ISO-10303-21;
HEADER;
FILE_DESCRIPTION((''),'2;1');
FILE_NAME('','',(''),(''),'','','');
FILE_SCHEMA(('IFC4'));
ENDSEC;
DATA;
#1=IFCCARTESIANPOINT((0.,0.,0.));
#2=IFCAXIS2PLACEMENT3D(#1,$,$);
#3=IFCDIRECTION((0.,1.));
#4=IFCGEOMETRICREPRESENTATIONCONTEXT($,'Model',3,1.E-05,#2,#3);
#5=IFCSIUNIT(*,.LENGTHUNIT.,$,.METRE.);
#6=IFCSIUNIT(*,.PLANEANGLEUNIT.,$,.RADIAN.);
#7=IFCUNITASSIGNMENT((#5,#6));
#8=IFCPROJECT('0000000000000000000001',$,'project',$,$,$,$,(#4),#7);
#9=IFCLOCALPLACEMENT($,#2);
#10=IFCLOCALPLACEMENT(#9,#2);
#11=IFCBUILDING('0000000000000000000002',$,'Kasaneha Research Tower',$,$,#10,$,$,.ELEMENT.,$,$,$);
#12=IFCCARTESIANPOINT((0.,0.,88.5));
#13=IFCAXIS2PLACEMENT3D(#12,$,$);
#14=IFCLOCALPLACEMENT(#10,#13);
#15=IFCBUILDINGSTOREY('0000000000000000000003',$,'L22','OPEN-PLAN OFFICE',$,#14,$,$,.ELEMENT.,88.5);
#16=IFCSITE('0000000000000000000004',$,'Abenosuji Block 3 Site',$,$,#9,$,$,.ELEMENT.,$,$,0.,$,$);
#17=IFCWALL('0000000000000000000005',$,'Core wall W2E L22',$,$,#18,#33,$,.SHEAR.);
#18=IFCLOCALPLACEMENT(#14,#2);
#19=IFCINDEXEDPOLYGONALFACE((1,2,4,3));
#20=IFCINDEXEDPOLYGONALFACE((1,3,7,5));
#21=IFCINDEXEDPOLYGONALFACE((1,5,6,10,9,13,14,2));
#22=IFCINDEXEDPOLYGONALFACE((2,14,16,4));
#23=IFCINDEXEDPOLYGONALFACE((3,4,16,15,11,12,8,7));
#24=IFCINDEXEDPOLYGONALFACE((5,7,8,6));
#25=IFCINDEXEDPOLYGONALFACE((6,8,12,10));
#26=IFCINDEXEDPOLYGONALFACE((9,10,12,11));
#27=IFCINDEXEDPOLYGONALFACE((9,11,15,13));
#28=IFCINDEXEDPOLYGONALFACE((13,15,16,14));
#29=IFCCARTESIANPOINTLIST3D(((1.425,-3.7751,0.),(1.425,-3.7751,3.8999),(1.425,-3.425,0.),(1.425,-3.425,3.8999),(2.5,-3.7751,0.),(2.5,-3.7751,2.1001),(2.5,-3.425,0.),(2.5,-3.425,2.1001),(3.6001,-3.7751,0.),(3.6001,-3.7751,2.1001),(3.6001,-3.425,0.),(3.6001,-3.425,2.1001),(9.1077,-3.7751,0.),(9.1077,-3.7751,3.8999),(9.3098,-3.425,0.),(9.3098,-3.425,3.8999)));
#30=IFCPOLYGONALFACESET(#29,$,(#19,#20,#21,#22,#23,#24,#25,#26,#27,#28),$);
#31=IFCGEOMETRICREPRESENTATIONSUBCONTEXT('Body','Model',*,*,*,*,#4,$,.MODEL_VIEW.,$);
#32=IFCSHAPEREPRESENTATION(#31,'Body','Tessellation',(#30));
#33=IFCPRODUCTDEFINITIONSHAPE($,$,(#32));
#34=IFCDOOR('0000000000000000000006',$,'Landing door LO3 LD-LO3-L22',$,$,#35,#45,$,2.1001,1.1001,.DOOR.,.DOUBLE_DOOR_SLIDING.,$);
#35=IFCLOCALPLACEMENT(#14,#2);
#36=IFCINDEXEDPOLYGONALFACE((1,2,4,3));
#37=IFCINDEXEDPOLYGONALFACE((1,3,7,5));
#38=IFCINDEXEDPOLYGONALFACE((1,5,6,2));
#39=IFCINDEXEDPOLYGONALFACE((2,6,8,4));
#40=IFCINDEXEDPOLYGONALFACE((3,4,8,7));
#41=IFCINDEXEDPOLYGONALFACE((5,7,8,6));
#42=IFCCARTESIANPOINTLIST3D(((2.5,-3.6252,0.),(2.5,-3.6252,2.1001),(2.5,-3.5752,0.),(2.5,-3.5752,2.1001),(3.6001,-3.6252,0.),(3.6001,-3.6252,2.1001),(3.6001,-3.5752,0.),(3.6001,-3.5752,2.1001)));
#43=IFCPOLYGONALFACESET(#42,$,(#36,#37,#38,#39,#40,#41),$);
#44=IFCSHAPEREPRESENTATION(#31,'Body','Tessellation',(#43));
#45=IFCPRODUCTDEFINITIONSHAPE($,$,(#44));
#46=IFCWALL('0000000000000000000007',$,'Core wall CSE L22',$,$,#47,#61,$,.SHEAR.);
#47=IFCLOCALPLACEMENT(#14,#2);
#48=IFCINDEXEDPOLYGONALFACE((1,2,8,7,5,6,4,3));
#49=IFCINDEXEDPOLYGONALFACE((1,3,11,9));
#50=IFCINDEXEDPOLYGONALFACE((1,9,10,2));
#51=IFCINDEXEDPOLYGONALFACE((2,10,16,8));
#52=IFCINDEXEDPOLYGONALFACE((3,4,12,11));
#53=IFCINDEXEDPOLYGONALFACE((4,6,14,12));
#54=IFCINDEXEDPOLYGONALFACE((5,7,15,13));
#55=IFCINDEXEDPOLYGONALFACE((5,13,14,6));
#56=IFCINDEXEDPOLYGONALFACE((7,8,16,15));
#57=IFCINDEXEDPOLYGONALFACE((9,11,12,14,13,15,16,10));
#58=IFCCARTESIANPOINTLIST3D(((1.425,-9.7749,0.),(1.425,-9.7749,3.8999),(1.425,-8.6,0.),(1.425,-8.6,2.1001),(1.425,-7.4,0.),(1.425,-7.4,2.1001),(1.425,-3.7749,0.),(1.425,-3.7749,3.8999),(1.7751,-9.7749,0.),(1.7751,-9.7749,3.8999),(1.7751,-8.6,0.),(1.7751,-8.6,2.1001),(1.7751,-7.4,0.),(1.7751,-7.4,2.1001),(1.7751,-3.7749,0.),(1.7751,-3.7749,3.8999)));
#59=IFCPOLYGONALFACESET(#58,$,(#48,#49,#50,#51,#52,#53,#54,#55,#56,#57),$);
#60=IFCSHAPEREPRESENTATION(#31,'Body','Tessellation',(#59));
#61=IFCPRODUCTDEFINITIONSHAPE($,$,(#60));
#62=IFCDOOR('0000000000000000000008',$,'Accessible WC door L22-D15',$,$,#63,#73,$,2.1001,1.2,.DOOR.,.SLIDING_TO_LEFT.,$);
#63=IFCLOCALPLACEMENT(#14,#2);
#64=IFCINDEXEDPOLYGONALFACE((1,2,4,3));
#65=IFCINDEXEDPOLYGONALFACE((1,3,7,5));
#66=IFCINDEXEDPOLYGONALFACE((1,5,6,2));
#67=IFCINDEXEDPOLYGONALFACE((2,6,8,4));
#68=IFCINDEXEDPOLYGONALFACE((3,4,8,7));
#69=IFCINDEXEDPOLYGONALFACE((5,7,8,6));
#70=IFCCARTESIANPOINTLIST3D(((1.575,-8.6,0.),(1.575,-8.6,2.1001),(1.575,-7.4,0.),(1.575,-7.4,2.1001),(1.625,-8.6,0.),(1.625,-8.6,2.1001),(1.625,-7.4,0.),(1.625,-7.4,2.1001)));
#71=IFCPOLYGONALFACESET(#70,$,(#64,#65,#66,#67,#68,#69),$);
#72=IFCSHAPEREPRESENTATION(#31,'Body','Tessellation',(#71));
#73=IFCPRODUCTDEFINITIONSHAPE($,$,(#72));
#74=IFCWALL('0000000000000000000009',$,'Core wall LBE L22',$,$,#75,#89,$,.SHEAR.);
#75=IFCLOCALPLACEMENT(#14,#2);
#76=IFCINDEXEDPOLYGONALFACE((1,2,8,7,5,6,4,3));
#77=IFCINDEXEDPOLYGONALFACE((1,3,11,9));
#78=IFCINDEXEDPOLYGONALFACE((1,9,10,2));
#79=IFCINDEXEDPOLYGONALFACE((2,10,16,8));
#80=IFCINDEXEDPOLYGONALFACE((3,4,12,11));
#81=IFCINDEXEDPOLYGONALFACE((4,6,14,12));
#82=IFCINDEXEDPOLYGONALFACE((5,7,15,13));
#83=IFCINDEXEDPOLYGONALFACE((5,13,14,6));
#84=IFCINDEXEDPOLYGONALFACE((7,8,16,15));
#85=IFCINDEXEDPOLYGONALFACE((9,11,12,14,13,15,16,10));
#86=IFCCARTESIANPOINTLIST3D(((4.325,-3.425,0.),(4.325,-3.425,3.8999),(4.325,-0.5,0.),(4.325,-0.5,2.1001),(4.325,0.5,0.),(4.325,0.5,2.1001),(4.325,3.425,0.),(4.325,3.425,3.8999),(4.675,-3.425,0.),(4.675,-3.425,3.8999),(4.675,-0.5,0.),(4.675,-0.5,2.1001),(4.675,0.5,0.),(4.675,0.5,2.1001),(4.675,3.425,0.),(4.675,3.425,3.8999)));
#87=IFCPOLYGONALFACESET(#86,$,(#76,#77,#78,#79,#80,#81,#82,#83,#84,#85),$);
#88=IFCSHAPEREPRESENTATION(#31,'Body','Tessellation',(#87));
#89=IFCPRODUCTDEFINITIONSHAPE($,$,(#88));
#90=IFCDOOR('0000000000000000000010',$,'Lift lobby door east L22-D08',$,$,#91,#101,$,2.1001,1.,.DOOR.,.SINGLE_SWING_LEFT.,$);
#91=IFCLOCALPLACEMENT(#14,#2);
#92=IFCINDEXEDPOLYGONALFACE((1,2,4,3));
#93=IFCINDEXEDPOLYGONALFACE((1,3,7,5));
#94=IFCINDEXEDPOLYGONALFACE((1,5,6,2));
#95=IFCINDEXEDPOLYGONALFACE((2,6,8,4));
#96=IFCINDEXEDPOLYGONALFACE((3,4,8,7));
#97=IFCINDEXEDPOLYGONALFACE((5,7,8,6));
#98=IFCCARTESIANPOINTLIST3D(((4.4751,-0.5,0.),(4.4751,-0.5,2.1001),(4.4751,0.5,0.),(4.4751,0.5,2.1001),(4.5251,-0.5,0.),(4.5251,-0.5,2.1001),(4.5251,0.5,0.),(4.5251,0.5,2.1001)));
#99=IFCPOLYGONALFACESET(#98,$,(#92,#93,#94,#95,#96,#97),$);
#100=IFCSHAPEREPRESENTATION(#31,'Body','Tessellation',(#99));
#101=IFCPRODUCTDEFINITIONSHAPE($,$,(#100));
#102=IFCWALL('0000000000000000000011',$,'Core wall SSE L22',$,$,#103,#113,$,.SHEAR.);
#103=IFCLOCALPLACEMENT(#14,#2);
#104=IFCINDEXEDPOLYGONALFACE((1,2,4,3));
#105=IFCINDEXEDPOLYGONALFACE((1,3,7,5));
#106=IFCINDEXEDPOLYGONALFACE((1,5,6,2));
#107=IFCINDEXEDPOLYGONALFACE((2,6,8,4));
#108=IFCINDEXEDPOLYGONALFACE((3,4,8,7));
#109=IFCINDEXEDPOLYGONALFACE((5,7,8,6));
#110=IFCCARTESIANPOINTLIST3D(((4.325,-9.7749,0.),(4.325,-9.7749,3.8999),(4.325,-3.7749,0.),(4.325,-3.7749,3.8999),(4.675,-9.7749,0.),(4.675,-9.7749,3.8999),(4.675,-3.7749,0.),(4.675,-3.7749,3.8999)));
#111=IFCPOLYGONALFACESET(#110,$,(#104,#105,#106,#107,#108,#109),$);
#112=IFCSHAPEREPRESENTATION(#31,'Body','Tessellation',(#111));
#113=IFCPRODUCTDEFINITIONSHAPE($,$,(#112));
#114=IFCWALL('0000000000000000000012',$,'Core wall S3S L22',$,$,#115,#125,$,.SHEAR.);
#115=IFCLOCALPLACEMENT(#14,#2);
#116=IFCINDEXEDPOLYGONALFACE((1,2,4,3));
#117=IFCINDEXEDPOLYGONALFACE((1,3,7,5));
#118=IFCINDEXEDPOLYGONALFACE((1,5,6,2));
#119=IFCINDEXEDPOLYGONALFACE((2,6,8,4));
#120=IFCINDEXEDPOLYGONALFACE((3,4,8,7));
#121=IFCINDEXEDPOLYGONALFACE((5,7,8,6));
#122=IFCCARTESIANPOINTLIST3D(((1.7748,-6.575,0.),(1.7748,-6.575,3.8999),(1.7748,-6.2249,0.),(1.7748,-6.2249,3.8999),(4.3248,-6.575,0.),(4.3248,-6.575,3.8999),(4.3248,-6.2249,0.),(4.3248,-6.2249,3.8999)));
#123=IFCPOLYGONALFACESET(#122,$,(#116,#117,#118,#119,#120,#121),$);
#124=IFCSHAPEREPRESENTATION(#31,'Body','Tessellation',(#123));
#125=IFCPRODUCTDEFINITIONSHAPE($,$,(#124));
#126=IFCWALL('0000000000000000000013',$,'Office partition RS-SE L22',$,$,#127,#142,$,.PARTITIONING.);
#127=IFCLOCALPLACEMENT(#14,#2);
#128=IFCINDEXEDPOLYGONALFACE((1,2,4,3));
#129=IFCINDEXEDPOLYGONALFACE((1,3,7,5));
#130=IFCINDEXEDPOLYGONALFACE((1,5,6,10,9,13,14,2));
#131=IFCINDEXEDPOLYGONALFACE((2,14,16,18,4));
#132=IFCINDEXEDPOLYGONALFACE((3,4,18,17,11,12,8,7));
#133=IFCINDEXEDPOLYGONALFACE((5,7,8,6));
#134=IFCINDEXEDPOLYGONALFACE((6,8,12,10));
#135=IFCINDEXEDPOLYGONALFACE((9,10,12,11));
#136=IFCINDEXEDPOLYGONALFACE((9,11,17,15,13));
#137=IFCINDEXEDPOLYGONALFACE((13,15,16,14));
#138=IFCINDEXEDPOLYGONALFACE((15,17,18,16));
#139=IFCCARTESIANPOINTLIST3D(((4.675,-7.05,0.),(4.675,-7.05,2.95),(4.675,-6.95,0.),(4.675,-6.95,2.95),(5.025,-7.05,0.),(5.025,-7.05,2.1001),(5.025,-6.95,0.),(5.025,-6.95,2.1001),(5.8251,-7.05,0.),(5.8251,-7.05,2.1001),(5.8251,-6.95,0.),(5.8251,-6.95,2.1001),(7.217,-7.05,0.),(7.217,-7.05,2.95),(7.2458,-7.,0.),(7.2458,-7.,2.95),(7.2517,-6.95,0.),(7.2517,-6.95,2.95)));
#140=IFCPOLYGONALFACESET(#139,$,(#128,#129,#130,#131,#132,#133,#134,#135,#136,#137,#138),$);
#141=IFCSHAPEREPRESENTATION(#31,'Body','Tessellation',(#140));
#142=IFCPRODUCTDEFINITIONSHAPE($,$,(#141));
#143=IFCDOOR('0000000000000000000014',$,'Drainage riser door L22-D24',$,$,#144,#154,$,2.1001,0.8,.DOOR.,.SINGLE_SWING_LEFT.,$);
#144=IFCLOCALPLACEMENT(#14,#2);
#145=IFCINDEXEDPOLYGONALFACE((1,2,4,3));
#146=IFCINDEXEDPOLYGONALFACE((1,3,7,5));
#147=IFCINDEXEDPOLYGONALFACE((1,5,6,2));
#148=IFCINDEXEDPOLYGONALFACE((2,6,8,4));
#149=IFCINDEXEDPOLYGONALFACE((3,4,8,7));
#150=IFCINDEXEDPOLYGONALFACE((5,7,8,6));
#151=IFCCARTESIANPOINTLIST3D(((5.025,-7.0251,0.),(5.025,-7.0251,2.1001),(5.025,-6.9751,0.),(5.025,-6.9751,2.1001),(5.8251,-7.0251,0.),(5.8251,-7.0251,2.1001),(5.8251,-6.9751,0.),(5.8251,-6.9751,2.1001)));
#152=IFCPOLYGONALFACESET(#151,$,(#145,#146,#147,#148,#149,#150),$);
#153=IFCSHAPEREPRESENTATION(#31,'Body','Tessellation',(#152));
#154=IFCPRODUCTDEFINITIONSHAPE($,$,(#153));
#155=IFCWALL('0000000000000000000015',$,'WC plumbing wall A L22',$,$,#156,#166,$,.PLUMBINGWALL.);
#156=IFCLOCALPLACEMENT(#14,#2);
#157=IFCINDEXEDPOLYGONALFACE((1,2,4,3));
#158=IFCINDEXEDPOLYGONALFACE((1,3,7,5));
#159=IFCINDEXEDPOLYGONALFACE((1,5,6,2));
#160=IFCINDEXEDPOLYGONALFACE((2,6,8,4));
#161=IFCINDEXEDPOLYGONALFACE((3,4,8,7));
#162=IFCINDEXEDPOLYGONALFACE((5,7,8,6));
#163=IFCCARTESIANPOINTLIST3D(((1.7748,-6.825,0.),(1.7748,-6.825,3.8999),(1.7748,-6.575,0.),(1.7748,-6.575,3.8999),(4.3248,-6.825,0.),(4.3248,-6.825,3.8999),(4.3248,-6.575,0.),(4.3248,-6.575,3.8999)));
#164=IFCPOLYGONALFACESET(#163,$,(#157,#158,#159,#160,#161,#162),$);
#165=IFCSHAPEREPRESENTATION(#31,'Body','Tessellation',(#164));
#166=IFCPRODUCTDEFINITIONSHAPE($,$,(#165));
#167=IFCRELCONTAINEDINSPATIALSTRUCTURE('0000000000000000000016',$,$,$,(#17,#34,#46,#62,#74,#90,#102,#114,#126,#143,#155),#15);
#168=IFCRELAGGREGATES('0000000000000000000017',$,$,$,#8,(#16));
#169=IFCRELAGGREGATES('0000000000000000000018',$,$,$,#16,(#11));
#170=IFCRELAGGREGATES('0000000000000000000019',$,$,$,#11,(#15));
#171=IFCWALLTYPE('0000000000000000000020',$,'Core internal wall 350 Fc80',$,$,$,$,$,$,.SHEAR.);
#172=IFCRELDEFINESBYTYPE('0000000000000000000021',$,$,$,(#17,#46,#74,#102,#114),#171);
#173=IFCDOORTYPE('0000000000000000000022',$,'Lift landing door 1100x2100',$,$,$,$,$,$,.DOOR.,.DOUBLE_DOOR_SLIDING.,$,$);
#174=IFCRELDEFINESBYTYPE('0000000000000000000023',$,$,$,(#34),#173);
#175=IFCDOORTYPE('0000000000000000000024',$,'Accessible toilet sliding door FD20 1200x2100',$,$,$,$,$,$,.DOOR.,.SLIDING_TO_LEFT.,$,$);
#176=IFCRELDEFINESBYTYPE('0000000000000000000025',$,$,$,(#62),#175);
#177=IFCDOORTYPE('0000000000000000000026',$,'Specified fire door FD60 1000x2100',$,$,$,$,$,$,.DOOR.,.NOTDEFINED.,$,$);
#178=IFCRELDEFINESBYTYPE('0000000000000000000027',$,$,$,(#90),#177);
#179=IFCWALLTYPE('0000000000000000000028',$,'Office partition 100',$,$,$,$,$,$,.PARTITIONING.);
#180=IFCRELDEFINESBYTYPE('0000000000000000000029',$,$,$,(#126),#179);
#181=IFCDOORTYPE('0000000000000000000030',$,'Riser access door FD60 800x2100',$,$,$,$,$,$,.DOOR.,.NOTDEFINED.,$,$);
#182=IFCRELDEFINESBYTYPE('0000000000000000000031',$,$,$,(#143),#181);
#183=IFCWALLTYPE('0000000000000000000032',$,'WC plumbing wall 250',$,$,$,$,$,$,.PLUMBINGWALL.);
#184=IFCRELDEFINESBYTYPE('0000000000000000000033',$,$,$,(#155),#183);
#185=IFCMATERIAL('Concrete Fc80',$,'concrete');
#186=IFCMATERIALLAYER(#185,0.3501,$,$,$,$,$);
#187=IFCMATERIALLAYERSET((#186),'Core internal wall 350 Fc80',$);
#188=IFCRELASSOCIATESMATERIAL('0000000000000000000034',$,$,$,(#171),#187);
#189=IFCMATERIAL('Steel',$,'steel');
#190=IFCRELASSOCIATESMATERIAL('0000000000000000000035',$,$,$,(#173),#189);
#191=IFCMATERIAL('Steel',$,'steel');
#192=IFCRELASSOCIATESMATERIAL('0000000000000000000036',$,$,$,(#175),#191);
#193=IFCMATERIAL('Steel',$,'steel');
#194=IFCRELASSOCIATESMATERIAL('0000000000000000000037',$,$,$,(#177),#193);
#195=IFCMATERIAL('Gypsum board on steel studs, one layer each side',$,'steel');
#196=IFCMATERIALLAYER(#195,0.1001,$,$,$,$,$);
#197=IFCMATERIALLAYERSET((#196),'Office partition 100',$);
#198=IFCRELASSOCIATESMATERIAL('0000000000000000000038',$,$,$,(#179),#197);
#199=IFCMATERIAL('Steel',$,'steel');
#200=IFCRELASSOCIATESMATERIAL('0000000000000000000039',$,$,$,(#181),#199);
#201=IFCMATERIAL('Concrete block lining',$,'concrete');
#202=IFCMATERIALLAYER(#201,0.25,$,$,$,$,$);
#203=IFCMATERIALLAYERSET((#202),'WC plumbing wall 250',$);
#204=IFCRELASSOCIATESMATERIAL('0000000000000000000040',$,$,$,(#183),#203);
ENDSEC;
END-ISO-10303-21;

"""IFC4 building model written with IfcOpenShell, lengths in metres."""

from ifc_helpers import new_model, si_unit, direction, frame, frame_2d, origin, place, context, subcontext, project, spatial, polyline, rectangle, outline, extrude, material, layer, layer_set, type_object, element, fill, save


model = new_model("IFC4")

# Units and contexts
model_context = context("Model", 3, precision=1e-05, world=origin(), true_north=direction((0.0, 1.0)))
body_context = subcontext(model_context, "Body", "Model", "MODEL_VIEW")
ifc_project = project(units=[si_unit("LENGTHUNIT", "METRE"), si_unit("PLANEANGLEUNIT", "RADIAN")], contexts=[model_context])

# Site, building, storey
site_placement = place(None, origin())
site = spatial("IfcSite", under=ifc_project, at=site_placement, Name="Abenosuji Block 3 Site", CompositionType="ELEMENT", RefElevation=0.0)
building_placement = place(site_placement, origin())
building = spatial("IfcBuilding", under=site, at=building_placement, Name="Kasaneha Research Tower", CompositionType="ELEMENT")
storey_placement = place(building_placement, frame((0.0, 0.0, 88.5)))
storey = spatial("IfcBuildingStorey", under=building, at=storey_placement, Name="L22", Description="OPEN-PLAN OFFICE", CompositionType="ELEMENT", Elevation=88.5)

# Walls, openings, doors
ifc_material_1 = material(Name="Concrete Fc80", Category="concrete")
ifc_layer_1 = layer(ifc_material_1, 0.3501)
ifc_layer_set_1 = layer_set([ifc_layer_1], Name="Core internal wall 350 Fc80")
wall_type_1 = type_object("IfcWallType", Name="Core internal wall 350 Fc80", PredefinedType="SHEAR", material=ifc_layer_set_1)
wall_1_placement = place(storey_placement, frame((1.425, -3.6001, 0.0), z_axis=(0.0, 0.0, 1.0), x_axis=(1.0, 0.0, 0.0)))
wall_1 = element("IfcWall", 1, at=wall_1_placement, inside=storey, type_object=wall_type_1, Name="Core wall W2E L22", PredefinedType="SHEAR", context=body_context, shape_type="SweptSolid", body=[
    extrude(outline(polyline([(0.0, -0.175), (1.075, -0.175), (2.175, -0.175), (7.6826, -0.175), (7.8848, 0.175), (2.175, 0.175), (1.075, 0.175), (0.0, 0.175), (0.0, -0.175)])), origin(), (0.0, 0.0, 1.0), 3.8999),
])
opening_1_placement = place(wall_1_placement, frame((1.075, 0.0, 0.0)))
opening_1 = element("IfcOpeningElement", 2, at=opening_1_placement, cuts=wall_1, PredefinedType="OPENING", context=body_context, shape_type="SweptSolid", body=[
    extrude(rectangle(XDim=1.1001, YDim=2.1001, at=frame_2d((0.55, 1.05))), frame((0.0, 0.1851, 0.0), z_axis=(0.0, -1.0, 0.0), x_axis=(1.0, 0.0, 0.0)), (0.0, 0.0, 1.0), 0.3701),
])
ifc_material_2 = material(Name="Steel", Category="steel")
door_type_1 = type_object("IfcDoorType", Name="Lift landing door 1100x2100", OperationType="DOUBLE_DOOR_SLIDING", PredefinedType="DOOR", material=ifc_material_2)
door_1_placement = place(opening_1_placement, origin())
door_1 = element("IfcDoor", 3, at=door_1_placement, inside=storey, type_object=door_type_1, Name="Landing door LO3 LD-LO3-L22", OperationType="DOUBLE_DOOR_SLIDING", OverallHeight=2.1001, OverallWidth=1.1001, PredefinedType="DOOR", context=body_context, shape_type="SweptSolid", body=[
    extrude(rectangle(XDim=1.1001, YDim=2.1001, at=frame_2d((0.55, 1.05))), frame((0.0, 0.0249, 0.0), z_axis=(0.0, -1.0, 0.0), x_axis=(1.0, 0.0, 0.0)), (0.0, 0.0, 1.0), 0.05),
])
fill(opening_1, door_1)
wall_2_placement = place(storey_placement, frame((1.6001, -3.7749, 0.0), z_axis=(0.0, 0.0, 1.0), x_axis=(0.0, -1.0, 0.0)))
wall_2 = element("IfcWall", 4, at=wall_2_placement, inside=storey, type_object=wall_type_1, Name="Core wall CSE L22", PredefinedType="SHEAR", context=body_context, shape_type="SweptSolid", body=[
    extrude(rectangle(XDim=6.0, YDim=0.3501, at=frame_2d((3.0, 0.0))), origin(), (0.0, 0.0, 1.0), 3.8999),
])
opening_2_placement = place(wall_2_placement, frame((3.625, 0.0, 0.0)))
opening_2 = element("IfcOpeningElement", 5, at=opening_2_placement, cuts=wall_2, PredefinedType="OPENING", context=body_context, shape_type="SweptSolid", body=[
    extrude(rectangle(XDim=1.2, YDim=2.1001, at=frame_2d((0.6001, 1.05))), frame((0.0, 0.1851, 0.0), z_axis=(0.0, -1.0, 0.0), x_axis=(1.0, 0.0, 0.0)), (0.0, 0.0, 1.0), 0.3701),
])
ifc_material_3 = material(Name="Steel", Category="steel")
door_type_2 = type_object("IfcDoorType", Name="Accessible toilet sliding door FD20 1200x2100", OperationType="SLIDING_TO_LEFT", PredefinedType="DOOR", material=ifc_material_3)
door_2_placement = place(opening_2_placement, origin())
door_2 = element("IfcDoor", 6, at=door_2_placement, inside=storey, type_object=door_type_2, Name="Accessible WC door L22-D15", OperationType="SLIDING_TO_LEFT", OverallHeight=2.1001, OverallWidth=1.2, PredefinedType="DOOR", context=body_context, shape_type="SweptSolid", body=[
    extrude(rectangle(XDim=1.2, YDim=2.1001, at=frame_2d((0.6001, 1.05))), frame((0.0, 0.0249, 0.0), z_axis=(0.0, -1.0, 0.0), x_axis=(1.0, 0.0, 0.0)), (0.0, 0.0, 1.0), 0.05),
])
fill(opening_2, door_2)
wall_3_placement = place(storey_placement, frame((4.5, -3.425, 0.0), z_axis=(0.0, 0.0, 1.0), x_axis=(0.0, 1.0, 0.0)))
wall_3 = element("IfcWall", 7, at=wall_3_placement, inside=storey, type_object=wall_type_1, Name="Core wall LBE L22", PredefinedType="SHEAR", context=body_context, shape_type="SweptSolid", body=[
    extrude(rectangle(XDim=6.8501, YDim=0.3501, at=frame_2d((3.425, 0.0))), origin(), (0.0, 0.0, 1.0), 3.8999),
])
opening_3_placement = place(wall_3_placement, frame((2.925, 0.0, 0.0)))
opening_3 = element("IfcOpeningElement", 8, at=opening_3_placement, cuts=wall_3, PredefinedType="OPENING", context=body_context, shape_type="SweptSolid", body=[
    extrude(rectangle(XDim=1.0, YDim=2.1001, at=frame_2d((0.5, 1.05))), frame((0.0, 0.1851, 0.0), z_axis=(0.0, -1.0, 0.0), x_axis=(1.0, 0.0, 0.0)), (0.0, 0.0, 1.0), 0.3701),
])
ifc_material_4 = material(Name="Steel", Category="steel")
door_type_3 = type_object("IfcDoorType", Name="Specified fire door FD60 1000x2100", OperationType="NOTDEFINED", PredefinedType="DOOR", material=ifc_material_4)
door_3_placement = place(opening_3_placement, origin())
door_3 = element("IfcDoor", 9, at=door_3_placement, inside=storey, type_object=door_type_3, Name="Lift lobby door east L22-D08", OperationType="SINGLE_SWING_LEFT", OverallHeight=2.1001, OverallWidth=1.0, PredefinedType="DOOR", context=body_context, shape_type="SweptSolid", body=[
    extrude(rectangle(XDim=1.0, YDim=2.1001, at=frame_2d((0.5, 1.05))), frame((0.0, 0.0249, 0.0), z_axis=(0.0, -1.0, 0.0), x_axis=(1.0, 0.0, 0.0)), (0.0, 0.0, 1.0), 0.05),
])
fill(opening_3, door_3)

# Walls
wall_4_placement = place(storey_placement, frame((4.5, -3.7749, 0.0), z_axis=(0.0, 0.0, 1.0), x_axis=(0.0, -1.0, 0.0)))
element("IfcWall", 10, at=wall_4_placement, inside=storey, type_object=wall_type_1, Name="Core wall SSE L22", PredefinedType="SHEAR", context=body_context, shape_type="SweptSolid", body=[
    extrude(rectangle(XDim=6.0, YDim=0.3501, at=frame_2d((3.0, 0.0))), origin(), (0.0, 0.0, 1.0), 3.8999),
])
wall_5_placement = place(storey_placement, frame((1.7749, -6.3999, 0.0), z_axis=(0.0, 0.0, 1.0), x_axis=(1.0, 0.0, 0.0)))
element("IfcWall", 11, at=wall_5_placement, inside=storey, type_object=wall_type_1, Name="Core wall S3S L22", PredefinedType="SHEAR", context=body_context, shape_type="SweptSolid", body=[
    extrude(rectangle(XDim=2.55, YDim=0.3501, at=frame_2d((1.2749, 0.0))), origin(), (0.0, 0.0, 1.0), 3.8999),
])

# Wall, opening, door
ifc_material_5 = material(Name="Gypsum board on steel studs, one layer each side", Category="steel")
ifc_layer_2 = layer(ifc_material_5, 0.1001)
ifc_layer_set_2 = layer_set([ifc_layer_2], Name="Office partition 100")
wall_type_2 = type_object("IfcWallType", Name="Office partition 100", PredefinedType="PARTITIONING", material=ifc_layer_set_2)
wall_6_placement = place(storey_placement, frame((4.675, -7.0, 0.0), z_axis=(0.0, 0.0, 1.0), x_axis=(1.0, 0.0, 0.0)))
wall_6 = element("IfcWall", 12, at=wall_6_placement, inside=storey, type_object=wall_type_2, Name="Office partition RS-SE L22", PredefinedType="PARTITIONING", context=body_context, shape_type="SweptSolid", body=[
    extrude(outline(polyline([(0.0, -0.05), (0.3501, -0.05), (1.1501, -0.05), (2.542, -0.05), (2.5708, 0.0), (2.5767, 0.05), (1.1501, 0.05), (0.3501, 0.05), (0.0, 0.05), (0.0, -0.05)])), origin(), (0.0, 0.0, 1.0), 2.95),
])
opening_4_placement = place(wall_6_placement, frame((0.3501, 0.0, 0.0)))
opening_4 = element("IfcOpeningElement", 13, at=opening_4_placement, cuts=wall_6, PredefinedType="OPENING", context=body_context, shape_type="SweptSolid", body=[
    extrude(rectangle(XDim=0.8, YDim=2.1001, at=frame_2d((0.3999, 1.05))), frame((0.0, 0.0601, 0.0), z_axis=(0.0, -1.0, 0.0), x_axis=(1.0, 0.0, 0.0)), (0.0, 0.0, 1.0), 0.1201),
])
ifc_material_6 = material(Name="Steel", Category="steel")
door_type_4 = type_object("IfcDoorType", Name="Riser access door FD60 800x2100", OperationType="NOTDEFINED", PredefinedType="DOOR", material=ifc_material_6)
door_4_placement = place(opening_4_placement, origin())
door_4 = element("IfcDoor", 14, at=door_4_placement, inside=storey, type_object=door_type_4, Name="Drainage riser door L22-D24", OperationType="SINGLE_SWING_LEFT", OverallHeight=2.1001, OverallWidth=0.8, PredefinedType="DOOR", context=body_context, shape_type="SweptSolid", body=[
    extrude(rectangle(XDim=0.8, YDim=2.1001, at=frame_2d((0.3999, 1.05))), frame((0.0, 0.0249, 0.0), z_axis=(0.0, -1.0, 0.0), x_axis=(1.0, 0.0, 0.0)), (0.0, 0.0, 1.0), 0.05),
])
fill(opening_4, door_4)

# Wall
ifc_material_7 = material(Name="Concrete block lining", Category="concrete")
ifc_layer_3 = layer(ifc_material_7, 0.25)
ifc_layer_set_3 = layer_set([ifc_layer_3], Name="WC plumbing wall 250")
wall_type_3 = type_object("IfcWallType", Name="WC plumbing wall 250", PredefinedType="PLUMBINGWALL", material=ifc_layer_set_3)
wall_7_placement = place(storey_placement, frame((1.7749, -6.7, 0.0), z_axis=(0.0, 0.0, 1.0), x_axis=(1.0, 0.0, 0.0)))
element("IfcWall", 15, at=wall_7_placement, inside=storey, type_object=wall_type_3, Name="WC plumbing wall A L22", PredefinedType="PLUMBINGWALL", context=body_context, shape_type="SweptSolid", body=[
    extrude(rectangle(XDim=2.55, YDim=0.25, at=frame_2d((1.2749, 0.0))), origin(), (0.0, 0.0, 1.0), 3.8999),
])

save(model, "model.ifc")
